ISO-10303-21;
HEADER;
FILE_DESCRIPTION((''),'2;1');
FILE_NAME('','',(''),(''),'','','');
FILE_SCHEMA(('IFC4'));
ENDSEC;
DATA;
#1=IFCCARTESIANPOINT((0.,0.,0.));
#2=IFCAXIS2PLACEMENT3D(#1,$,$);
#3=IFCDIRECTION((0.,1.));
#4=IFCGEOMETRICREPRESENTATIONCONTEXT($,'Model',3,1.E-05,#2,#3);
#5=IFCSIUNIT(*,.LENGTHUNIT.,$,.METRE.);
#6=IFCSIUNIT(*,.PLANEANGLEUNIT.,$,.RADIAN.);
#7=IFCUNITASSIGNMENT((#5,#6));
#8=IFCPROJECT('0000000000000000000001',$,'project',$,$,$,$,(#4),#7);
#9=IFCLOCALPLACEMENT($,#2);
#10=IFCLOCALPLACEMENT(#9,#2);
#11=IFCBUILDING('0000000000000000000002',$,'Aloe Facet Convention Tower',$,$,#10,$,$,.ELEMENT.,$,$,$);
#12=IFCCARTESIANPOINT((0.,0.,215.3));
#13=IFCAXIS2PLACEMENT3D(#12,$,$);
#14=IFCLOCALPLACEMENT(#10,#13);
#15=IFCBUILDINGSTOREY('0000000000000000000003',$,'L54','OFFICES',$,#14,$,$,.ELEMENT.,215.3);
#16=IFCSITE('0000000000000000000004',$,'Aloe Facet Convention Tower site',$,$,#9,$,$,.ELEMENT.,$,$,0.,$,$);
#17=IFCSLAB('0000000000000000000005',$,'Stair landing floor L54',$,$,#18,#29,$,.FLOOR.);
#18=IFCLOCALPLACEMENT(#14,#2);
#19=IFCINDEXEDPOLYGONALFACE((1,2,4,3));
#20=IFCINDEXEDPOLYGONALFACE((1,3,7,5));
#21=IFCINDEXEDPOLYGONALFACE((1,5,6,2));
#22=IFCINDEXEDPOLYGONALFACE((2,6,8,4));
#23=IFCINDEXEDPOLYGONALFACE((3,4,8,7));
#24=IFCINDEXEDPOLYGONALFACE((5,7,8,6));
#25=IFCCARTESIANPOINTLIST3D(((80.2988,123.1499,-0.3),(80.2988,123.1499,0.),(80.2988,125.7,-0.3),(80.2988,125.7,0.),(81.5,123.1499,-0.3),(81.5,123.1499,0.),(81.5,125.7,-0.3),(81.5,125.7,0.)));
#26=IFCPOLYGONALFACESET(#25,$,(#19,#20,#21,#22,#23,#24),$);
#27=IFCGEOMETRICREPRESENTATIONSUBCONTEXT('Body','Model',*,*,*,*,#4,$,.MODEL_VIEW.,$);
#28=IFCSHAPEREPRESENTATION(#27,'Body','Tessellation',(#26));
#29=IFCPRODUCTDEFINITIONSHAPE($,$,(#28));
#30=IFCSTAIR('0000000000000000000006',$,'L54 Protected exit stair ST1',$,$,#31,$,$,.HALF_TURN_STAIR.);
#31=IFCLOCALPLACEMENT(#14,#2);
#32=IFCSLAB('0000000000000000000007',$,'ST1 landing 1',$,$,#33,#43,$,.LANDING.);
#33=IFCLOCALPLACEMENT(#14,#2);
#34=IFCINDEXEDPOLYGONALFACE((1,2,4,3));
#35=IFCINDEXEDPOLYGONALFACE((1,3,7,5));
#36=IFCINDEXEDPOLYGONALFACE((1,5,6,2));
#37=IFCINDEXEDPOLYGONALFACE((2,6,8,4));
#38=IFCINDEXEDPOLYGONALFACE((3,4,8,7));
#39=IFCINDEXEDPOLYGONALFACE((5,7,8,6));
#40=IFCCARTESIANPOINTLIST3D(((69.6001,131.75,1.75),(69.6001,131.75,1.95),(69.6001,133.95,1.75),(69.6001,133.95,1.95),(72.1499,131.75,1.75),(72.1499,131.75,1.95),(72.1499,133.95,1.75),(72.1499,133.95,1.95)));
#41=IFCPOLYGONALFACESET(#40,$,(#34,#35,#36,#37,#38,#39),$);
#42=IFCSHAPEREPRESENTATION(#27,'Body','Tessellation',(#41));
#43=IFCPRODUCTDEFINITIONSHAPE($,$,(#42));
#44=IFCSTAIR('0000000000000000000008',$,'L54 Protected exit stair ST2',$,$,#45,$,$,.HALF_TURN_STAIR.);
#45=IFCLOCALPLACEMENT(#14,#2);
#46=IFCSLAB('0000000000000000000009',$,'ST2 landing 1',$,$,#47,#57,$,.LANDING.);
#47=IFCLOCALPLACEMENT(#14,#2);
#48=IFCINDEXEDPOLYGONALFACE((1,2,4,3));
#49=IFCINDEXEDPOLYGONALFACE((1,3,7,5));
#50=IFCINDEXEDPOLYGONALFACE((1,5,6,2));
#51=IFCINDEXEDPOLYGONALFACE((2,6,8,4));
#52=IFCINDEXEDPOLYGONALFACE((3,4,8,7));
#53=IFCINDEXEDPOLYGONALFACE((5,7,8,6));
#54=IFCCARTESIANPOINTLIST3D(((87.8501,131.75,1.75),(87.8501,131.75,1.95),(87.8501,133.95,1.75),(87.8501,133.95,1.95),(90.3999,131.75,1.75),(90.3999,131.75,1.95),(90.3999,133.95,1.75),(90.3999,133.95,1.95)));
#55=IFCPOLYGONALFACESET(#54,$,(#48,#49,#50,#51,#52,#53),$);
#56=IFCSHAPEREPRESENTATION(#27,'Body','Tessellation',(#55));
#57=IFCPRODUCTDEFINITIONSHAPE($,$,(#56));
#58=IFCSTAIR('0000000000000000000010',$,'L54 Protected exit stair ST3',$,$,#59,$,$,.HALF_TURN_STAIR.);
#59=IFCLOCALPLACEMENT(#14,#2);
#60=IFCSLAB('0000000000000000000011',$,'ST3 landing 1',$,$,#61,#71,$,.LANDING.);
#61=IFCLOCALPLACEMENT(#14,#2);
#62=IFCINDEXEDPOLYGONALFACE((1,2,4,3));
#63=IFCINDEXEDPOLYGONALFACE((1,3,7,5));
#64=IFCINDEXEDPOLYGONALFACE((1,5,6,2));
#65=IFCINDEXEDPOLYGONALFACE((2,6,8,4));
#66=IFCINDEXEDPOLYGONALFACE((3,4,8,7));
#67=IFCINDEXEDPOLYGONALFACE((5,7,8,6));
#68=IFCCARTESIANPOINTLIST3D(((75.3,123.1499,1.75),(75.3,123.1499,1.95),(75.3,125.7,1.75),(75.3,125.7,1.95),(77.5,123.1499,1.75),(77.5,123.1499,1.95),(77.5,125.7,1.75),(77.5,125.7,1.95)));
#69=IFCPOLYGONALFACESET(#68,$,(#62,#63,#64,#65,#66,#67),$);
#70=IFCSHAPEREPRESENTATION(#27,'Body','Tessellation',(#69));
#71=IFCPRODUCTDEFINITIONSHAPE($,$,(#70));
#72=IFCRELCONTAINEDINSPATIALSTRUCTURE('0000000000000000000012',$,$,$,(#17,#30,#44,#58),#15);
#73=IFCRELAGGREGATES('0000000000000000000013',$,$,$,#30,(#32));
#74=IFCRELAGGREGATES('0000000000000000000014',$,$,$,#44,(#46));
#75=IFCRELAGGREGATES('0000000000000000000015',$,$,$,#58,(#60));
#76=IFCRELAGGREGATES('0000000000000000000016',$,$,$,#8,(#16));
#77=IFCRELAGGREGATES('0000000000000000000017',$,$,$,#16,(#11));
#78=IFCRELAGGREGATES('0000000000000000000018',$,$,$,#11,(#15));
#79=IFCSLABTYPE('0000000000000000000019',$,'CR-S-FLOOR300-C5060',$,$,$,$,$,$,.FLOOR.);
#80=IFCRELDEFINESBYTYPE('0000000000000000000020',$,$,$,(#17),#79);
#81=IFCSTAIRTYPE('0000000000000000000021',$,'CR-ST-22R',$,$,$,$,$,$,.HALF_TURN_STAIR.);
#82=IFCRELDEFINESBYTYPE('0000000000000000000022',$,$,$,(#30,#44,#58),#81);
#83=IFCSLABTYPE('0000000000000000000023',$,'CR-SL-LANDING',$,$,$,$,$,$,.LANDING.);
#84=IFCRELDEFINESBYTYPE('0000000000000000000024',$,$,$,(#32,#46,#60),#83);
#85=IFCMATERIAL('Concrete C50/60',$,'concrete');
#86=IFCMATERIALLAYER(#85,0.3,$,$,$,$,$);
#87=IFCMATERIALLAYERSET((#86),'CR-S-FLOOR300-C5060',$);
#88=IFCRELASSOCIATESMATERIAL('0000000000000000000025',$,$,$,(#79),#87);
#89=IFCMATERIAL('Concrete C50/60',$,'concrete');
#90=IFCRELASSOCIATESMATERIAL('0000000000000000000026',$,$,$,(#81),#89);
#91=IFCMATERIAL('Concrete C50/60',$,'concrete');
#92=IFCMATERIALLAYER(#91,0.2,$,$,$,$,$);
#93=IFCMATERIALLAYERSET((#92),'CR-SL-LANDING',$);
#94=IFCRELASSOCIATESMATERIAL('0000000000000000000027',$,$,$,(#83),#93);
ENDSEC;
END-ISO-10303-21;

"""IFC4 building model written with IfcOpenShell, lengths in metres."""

from ifc_helpers import new_model, si_unit, direction, frame, origin, place, context, subcontext, project, spatial, polyline, outline, extrude, material, layer, layer_set, type_object, element, aggregate, save


model = new_model("IFC4")

# Units and contexts
model_context = context("Model", 3, precision=1e-05, world=origin(), true_north=direction((0.0, 1.0)))
body_context = subcontext(model_context, "Body", "Model", "MODEL_VIEW")
ifc_project = project(units=[si_unit("LENGTHUNIT", "METRE"), si_unit("PLANEANGLEUNIT", "RADIAN")], contexts=[model_context])

# Site, building, storey
site_placement = place(None, origin())
site = spatial("IfcSite", under=ifc_project, at=site_placement, Name="Aloe Facet Convention Tower site", CompositionType="ELEMENT", RefElevation=0.0)
building_placement = place(site_placement, origin())
building = spatial("IfcBuilding", under=site, at=building_placement, Name="Aloe Facet Convention Tower", CompositionType="ELEMENT")
storey_placement = place(building_placement, frame((0.0, 0.0, 215.3)))
storey = spatial("IfcBuildingStorey", under=building, at=storey_placement, Name="L54", Description="OFFICES", CompositionType="ELEMENT", Elevation=215.3)

# Slab
ifc_material_1 = material(Name="Concrete C50/60", Category="concrete")
ifc_layer_1 = layer(ifc_material_1, 0.3)
ifc_layer_set_1 = layer_set([ifc_layer_1], Name="CR-S-FLOOR300-C5060")
slab_type_1 = type_object("IfcSlabType", Name="CR-S-FLOOR300-C5060", PredefinedType="FLOOR", material=ifc_layer_set_1)
slab_1_placement = place(storey_placement, frame((0.0, 0.0, -0.3)))
element("IfcSlab", 1, at=slab_1_placement, inside=storey, type_object=slab_type_1, Name="Stair landing floor L54", PredefinedType="FLOOR", context=body_context, shape_type="SweptSolid", body=[
    extrude(outline(polyline([(81.5, 125.7), (80.2988, 125.7), (80.2988, 123.1499), (81.5, 123.1499), (81.5, 125.7)])), origin(), (0.0, 0.0, 1.0), 0.3),
])

# Stairs, slabs
ifc_material_2 = material(Name="Concrete C50/60", Category="concrete")
stair_type = type_object("IfcStairType", Name="CR-ST-22R", PredefinedType="HALF_TURN_STAIR", material=ifc_material_2)
stair_1_placement = place(storey_placement, origin())
stair_1 = element("IfcStair", 2, at=stair_1_placement, inside=storey, type_object=stair_type, Name="L54 Protected exit stair ST1", PredefinedType="HALF_TURN_STAIR")
ifc_material_3 = material(Name="Concrete C50/60", Category="concrete")
ifc_layer_2 = layer(ifc_material_3, 0.2)
ifc_layer_set_2 = layer_set([ifc_layer_2], Name="CR-SL-LANDING")
slab_type_2 = type_object("IfcSlabType", Name="CR-SL-LANDING", PredefinedType="LANDING", material=ifc_layer_set_2)
slab_2_placement = place(storey_placement, frame((0.0, 0.0, 1.75)))
slab_2 = element("IfcSlab", 3, at=slab_2_placement, type_object=slab_type_2, Name="ST1 landing 1", PredefinedType="LANDING", context=body_context, shape_type="SweptSolid", body=[
    extrude(outline(polyline([(72.1499, 131.75), (72.1499, 133.95), (69.6001, 133.95), (69.6001, 131.75), (72.1499, 131.75)])), origin(), (0.0, 0.0, 1.0), 0.2),
])
aggregate(stair_1, [slab_2])
stair_2_placement = place(storey_placement, origin())
stair_2 = element("IfcStair", 4, at=stair_2_placement, inside=storey, type_object=stair_type, Name="L54 Protected exit stair ST2", PredefinedType="HALF_TURN_STAIR")
slab_3_placement = place(storey_placement, frame((0.0, 0.0, 1.75)))
slab_3 = element("IfcSlab", 5, at=slab_3_placement, type_object=slab_type_2, Name="ST2 landing 1", PredefinedType="LANDING", context=body_context, shape_type="SweptSolid", body=[
    extrude(outline(polyline([(90.3999, 131.75), (90.3999, 133.95), (87.8501, 133.95), (87.8501, 131.75), (90.3999, 131.75)])), origin(), (0.0, 0.0, 1.0), 0.2),
])
aggregate(stair_2, [slab_3])
stair_3_placement = place(storey_placement, origin())
stair_3 = element("IfcStair", 6, at=stair_3_placement, inside=storey, type_object=stair_type, Name="L54 Protected exit stair ST3", PredefinedType="HALF_TURN_STAIR")
slab_4_placement = place(storey_placement, frame((0.0, 0.0, 1.75)))
slab_4 = element("IfcSlab", 7, at=slab_4_placement, type_object=slab_type_2, Name="ST3 landing 1", PredefinedType="LANDING", context=body_context, shape_type="SweptSolid", body=[
    extrude(outline(polyline([(77.5, 125.7), (75.3, 125.7), (75.3, 123.1499), (77.5, 123.1499), (77.5, 125.7)])), origin(), (0.0, 0.0, 1.0), 0.2),
])
aggregate(stair_3, [slab_4])

save(model, "model.ifc")
